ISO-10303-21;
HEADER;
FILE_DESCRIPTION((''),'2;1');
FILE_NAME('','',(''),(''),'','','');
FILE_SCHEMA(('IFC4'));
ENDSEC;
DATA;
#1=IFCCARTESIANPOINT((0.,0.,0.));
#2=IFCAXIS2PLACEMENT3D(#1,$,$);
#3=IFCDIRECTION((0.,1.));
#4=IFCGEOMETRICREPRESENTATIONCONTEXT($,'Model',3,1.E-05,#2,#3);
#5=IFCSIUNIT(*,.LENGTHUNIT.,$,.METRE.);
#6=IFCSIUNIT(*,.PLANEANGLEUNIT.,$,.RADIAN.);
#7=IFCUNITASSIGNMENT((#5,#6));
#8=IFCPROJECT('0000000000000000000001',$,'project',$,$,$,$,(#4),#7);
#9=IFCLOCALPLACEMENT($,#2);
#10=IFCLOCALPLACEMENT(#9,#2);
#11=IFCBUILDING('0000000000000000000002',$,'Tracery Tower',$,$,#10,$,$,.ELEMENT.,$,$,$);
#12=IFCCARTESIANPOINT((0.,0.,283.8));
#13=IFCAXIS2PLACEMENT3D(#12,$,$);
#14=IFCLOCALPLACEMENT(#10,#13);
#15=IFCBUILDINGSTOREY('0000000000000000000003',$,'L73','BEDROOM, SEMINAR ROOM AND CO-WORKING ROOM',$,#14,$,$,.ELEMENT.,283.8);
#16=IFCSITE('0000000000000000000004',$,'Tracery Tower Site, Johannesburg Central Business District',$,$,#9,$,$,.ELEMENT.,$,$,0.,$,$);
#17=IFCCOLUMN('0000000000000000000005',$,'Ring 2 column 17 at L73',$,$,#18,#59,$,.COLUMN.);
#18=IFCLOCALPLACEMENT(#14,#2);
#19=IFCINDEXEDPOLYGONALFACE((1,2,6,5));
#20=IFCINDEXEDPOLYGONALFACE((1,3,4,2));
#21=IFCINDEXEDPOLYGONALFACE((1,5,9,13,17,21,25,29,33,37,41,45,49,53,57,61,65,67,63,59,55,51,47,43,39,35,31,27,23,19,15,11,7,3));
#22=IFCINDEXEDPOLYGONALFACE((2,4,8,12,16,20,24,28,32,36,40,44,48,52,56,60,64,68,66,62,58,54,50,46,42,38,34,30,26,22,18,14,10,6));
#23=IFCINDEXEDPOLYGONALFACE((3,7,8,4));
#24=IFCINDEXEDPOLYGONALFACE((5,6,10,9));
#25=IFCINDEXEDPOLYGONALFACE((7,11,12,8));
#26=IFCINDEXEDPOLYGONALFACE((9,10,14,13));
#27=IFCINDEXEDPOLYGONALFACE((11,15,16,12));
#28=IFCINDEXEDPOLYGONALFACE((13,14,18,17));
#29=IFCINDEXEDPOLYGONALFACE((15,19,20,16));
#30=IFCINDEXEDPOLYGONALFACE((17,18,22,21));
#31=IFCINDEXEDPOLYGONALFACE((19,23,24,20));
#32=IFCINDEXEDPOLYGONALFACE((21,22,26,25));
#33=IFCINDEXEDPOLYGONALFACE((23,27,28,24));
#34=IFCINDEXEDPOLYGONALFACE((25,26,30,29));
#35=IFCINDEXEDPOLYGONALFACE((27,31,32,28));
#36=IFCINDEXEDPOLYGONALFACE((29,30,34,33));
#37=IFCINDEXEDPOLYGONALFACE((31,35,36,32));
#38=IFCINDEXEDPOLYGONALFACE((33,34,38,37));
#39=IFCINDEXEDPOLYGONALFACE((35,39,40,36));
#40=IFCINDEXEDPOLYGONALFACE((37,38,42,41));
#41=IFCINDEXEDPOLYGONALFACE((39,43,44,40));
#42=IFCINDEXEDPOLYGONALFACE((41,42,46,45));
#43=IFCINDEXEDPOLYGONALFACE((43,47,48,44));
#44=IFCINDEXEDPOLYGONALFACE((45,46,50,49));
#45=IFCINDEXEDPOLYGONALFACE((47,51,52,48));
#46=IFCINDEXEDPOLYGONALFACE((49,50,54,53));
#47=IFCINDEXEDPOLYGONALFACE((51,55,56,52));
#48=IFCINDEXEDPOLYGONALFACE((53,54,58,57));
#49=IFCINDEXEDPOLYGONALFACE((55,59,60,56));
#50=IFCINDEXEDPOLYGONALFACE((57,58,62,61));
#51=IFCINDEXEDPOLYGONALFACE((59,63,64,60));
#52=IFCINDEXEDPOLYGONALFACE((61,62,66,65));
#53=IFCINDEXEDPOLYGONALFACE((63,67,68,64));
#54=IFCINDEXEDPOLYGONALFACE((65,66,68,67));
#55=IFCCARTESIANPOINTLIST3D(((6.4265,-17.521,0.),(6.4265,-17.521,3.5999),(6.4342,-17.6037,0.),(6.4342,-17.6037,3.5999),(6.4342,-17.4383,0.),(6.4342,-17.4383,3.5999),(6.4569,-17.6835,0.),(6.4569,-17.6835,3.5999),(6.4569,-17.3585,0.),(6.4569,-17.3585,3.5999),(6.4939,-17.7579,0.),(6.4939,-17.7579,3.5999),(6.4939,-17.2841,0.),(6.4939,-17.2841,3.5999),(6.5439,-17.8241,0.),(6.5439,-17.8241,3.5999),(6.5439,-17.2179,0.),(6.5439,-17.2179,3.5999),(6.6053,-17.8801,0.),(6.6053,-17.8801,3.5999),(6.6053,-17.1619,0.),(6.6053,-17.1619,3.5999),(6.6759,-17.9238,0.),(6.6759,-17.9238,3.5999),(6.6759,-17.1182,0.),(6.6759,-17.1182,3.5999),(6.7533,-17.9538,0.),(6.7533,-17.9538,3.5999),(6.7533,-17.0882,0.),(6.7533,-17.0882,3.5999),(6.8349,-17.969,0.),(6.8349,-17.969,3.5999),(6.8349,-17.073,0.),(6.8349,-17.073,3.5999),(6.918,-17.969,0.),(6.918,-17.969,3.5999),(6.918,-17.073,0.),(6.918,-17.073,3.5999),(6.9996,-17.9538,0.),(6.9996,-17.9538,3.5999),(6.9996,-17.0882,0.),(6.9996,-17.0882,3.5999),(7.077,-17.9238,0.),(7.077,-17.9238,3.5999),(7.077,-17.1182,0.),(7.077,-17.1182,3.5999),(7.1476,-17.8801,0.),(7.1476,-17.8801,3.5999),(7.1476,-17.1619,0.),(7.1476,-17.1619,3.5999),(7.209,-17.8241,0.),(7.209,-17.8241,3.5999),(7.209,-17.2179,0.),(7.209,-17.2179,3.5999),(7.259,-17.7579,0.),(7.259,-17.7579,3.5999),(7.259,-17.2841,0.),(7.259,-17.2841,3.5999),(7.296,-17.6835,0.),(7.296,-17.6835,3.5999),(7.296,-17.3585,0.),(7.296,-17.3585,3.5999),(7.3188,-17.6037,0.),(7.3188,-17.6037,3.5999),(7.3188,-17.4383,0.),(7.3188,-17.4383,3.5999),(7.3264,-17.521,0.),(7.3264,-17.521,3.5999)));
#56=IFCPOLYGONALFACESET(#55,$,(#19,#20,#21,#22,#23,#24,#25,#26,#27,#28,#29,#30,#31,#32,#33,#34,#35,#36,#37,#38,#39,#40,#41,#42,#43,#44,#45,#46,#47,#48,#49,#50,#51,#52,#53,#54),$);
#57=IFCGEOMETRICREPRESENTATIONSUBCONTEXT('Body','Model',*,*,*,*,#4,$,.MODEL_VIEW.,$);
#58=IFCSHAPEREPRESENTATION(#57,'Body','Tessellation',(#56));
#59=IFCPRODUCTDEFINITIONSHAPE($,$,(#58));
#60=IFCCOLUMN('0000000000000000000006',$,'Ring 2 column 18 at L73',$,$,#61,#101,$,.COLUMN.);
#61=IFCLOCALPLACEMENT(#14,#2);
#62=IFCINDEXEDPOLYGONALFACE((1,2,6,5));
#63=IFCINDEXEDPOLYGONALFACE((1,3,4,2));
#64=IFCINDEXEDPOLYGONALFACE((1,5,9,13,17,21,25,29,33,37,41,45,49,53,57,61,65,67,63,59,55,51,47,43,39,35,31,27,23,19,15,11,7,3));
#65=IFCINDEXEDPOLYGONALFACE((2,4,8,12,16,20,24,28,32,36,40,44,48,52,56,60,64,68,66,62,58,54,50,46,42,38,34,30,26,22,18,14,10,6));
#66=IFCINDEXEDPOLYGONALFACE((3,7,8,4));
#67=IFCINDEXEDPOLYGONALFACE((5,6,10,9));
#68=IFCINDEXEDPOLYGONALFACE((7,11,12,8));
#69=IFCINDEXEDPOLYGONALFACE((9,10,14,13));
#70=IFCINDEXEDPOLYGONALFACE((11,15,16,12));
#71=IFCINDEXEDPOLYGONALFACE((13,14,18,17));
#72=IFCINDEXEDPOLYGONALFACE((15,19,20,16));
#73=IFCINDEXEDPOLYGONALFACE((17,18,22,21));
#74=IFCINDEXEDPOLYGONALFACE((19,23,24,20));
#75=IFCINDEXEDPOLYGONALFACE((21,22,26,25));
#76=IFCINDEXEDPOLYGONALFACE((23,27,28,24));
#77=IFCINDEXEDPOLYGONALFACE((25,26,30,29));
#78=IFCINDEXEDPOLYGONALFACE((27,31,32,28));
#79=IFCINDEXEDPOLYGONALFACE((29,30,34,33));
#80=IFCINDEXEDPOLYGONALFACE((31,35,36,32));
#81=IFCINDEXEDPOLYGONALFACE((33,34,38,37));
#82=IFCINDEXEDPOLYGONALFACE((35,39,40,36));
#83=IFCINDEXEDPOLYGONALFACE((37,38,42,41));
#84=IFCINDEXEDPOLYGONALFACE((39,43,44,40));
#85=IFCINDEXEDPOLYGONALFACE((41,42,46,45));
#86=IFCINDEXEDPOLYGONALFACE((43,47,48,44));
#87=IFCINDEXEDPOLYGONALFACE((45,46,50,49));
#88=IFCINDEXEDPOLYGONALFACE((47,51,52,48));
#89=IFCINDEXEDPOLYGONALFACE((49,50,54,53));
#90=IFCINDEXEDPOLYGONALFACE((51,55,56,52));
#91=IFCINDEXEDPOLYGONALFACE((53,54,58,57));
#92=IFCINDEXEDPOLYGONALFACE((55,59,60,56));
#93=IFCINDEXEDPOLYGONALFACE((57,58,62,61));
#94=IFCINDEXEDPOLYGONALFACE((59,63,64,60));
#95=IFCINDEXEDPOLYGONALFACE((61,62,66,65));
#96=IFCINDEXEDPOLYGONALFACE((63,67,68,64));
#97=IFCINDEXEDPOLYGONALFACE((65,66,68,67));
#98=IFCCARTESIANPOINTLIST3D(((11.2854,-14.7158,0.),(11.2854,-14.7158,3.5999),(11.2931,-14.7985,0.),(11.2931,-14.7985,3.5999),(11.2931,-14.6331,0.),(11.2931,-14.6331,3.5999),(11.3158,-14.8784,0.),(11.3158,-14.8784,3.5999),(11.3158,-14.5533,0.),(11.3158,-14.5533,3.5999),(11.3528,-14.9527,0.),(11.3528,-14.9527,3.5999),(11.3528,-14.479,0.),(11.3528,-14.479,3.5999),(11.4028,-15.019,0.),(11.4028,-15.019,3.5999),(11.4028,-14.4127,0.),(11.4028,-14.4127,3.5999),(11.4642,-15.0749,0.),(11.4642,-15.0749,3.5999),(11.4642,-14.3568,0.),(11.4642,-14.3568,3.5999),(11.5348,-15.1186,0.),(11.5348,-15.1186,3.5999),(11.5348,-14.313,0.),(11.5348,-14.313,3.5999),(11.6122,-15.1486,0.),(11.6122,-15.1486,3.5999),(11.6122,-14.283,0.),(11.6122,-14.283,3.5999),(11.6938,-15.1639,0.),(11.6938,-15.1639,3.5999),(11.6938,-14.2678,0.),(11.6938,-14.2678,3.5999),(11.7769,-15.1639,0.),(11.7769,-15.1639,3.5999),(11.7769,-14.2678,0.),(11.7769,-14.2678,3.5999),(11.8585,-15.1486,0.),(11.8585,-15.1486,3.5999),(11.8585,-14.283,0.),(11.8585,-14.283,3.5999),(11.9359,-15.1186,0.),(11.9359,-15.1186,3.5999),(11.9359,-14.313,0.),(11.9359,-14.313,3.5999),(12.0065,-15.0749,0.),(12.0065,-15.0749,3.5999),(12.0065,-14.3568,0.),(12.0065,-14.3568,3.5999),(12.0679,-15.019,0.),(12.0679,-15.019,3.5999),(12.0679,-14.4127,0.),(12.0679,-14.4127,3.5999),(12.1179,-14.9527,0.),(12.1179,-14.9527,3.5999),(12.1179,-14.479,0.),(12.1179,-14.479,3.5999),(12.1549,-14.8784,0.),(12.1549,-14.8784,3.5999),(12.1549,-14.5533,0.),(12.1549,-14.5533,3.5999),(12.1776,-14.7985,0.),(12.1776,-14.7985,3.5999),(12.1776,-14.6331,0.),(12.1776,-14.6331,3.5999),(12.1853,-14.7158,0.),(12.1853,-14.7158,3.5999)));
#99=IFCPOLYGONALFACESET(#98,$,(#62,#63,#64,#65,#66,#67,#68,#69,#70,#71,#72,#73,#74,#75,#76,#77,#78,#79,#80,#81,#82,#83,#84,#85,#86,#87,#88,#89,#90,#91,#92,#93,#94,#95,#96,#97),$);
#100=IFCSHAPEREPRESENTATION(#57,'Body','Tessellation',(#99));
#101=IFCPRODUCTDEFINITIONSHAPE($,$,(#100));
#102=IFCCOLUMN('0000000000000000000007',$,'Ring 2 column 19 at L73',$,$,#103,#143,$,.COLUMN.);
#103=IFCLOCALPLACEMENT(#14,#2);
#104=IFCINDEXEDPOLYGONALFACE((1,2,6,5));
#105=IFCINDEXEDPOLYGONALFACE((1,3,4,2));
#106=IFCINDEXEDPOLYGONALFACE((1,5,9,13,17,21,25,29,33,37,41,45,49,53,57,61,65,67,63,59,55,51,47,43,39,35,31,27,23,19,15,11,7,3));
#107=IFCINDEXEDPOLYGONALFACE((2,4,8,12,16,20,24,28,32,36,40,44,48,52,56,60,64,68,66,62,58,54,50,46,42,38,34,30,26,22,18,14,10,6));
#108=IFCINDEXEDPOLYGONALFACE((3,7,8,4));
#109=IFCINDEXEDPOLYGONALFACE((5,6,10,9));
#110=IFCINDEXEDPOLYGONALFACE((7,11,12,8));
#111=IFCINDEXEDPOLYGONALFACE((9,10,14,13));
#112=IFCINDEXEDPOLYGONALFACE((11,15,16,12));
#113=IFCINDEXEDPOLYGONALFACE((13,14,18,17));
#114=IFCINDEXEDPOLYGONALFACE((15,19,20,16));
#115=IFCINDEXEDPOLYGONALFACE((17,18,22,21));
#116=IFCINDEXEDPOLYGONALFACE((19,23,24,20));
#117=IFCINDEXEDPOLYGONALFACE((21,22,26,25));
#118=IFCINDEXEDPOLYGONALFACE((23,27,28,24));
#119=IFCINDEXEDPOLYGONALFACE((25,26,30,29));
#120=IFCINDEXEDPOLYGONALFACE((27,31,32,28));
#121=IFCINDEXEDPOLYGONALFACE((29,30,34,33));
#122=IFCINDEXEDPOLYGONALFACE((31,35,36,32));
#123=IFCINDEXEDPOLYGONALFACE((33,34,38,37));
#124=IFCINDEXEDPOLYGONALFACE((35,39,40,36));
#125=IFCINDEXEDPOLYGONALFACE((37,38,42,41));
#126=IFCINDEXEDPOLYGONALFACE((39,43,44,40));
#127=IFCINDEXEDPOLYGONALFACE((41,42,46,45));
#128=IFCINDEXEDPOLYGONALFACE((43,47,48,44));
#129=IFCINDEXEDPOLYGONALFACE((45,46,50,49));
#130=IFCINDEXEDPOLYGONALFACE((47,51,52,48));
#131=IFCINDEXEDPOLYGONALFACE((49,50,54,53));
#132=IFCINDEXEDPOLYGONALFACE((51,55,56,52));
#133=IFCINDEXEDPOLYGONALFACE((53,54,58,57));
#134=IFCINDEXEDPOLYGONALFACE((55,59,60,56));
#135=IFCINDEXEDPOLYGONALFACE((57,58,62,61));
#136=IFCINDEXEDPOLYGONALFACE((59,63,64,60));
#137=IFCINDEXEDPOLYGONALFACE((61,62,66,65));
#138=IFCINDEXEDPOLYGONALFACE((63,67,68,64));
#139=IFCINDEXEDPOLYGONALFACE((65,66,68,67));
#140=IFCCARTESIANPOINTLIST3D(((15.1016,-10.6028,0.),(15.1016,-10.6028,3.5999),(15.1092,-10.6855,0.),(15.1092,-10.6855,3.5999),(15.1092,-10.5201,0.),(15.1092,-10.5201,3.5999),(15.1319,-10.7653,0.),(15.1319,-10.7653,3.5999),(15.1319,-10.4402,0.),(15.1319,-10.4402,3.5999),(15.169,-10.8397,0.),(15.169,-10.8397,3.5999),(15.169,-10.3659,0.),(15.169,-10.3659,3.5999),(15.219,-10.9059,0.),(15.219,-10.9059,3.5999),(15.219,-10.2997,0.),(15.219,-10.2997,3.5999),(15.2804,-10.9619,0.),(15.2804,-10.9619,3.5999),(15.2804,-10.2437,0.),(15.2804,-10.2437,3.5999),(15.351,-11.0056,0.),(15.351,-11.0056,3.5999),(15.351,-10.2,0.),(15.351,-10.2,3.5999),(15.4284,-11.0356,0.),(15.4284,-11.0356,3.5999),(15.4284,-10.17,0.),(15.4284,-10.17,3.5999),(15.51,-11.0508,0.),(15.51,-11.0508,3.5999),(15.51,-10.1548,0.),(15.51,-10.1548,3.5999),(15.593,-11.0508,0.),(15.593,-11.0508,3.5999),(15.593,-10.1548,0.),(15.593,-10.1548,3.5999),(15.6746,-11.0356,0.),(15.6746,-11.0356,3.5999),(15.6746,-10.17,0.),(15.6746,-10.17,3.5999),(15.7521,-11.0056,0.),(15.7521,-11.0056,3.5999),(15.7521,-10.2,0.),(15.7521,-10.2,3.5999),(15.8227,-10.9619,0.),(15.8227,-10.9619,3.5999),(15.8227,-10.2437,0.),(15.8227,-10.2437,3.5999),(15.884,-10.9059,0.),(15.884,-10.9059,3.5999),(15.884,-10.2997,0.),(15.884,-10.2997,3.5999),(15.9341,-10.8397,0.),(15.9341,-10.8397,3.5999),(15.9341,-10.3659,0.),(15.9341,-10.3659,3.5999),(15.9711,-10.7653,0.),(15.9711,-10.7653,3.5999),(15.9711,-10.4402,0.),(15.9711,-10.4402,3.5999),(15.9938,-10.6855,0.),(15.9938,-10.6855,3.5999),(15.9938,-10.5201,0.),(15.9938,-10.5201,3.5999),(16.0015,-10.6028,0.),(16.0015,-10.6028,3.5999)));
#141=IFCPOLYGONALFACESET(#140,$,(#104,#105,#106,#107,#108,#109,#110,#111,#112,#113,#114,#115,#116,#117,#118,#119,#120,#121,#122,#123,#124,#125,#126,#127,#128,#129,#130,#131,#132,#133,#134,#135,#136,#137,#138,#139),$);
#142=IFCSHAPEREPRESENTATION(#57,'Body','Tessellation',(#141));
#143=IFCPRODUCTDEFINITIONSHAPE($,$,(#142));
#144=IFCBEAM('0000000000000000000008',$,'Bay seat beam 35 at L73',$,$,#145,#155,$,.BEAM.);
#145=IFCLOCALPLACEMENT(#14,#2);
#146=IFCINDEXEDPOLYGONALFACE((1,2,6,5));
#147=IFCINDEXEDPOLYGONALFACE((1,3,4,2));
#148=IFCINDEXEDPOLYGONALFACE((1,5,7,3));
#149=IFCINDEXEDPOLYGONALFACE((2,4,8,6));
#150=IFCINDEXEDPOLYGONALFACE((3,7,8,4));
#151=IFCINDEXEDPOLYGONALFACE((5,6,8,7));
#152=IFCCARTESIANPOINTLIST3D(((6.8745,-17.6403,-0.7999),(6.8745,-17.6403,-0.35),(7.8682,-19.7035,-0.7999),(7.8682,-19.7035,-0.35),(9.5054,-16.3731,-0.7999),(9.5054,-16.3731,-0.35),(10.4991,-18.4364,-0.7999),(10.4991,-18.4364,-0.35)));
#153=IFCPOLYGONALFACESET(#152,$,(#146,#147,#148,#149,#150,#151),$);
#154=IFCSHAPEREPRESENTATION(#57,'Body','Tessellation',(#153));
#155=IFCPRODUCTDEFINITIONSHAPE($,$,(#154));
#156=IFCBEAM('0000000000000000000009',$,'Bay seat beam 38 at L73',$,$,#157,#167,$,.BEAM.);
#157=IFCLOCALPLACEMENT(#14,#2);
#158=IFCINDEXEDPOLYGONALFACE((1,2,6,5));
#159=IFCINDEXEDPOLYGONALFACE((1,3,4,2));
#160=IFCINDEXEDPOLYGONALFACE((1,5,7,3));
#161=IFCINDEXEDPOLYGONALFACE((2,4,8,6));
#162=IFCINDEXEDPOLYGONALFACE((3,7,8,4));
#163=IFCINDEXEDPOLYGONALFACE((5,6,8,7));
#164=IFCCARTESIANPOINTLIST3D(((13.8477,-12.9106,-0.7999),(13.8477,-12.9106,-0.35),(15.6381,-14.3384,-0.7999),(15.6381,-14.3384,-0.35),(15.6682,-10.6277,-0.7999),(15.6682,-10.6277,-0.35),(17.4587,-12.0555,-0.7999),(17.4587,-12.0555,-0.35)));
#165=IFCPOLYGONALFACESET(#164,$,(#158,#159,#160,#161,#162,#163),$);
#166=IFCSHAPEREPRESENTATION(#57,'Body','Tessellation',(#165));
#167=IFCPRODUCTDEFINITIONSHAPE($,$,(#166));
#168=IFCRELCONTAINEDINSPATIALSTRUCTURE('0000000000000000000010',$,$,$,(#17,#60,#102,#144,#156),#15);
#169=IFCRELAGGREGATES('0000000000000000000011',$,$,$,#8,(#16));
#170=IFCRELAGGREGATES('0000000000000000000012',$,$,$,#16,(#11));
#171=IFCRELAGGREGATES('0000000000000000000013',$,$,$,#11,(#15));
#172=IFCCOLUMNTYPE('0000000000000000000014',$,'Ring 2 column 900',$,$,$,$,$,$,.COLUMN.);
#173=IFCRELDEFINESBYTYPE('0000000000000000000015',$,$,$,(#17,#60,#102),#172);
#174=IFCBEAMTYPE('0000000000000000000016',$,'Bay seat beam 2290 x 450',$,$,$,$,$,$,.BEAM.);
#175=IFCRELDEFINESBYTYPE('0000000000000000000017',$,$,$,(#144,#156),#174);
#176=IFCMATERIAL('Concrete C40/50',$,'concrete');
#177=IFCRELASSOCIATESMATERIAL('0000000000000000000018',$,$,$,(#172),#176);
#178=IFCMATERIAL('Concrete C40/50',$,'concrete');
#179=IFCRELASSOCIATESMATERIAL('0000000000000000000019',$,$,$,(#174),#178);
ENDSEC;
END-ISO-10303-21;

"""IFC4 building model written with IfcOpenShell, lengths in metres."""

from ifc_helpers import new_model, si_unit, direction, frame, origin, origin_2d, place, context, subcontext, project, spatial, rectangle, circle, extrude, material, material_profile, profile_set, type_object, element, save


model = new_model("IFC4")

# Units and contexts
model_context = context("Model", 3, precision=1e-05, world=origin(), true_north=direction((0.0, 1.0)))
body_context = subcontext(model_context, "Body", "Model", "MODEL_VIEW")
ifc_project = project(units=[si_unit("LENGTHUNIT", "METRE"), si_unit("PLANEANGLEUNIT", "RADIAN")], contexts=[model_context])

# Site, building, storey
site_placement = place(None, origin())
site = spatial("IfcSite", under=ifc_project, at=site_placement, Name="Tracery Tower Site, Johannesburg Central Business District", CompositionType="ELEMENT", RefElevation=0.0)
building_placement = place(site_placement, origin())
building = spatial("IfcBuilding", under=site, at=building_placement, Name="Tracery Tower", CompositionType="ELEMENT")
storey_placement = place(building_placement, frame((0.0, 0.0, 283.8)))
storey = spatial("IfcBuildingStorey", under=building, at=storey_placement, Name="L73", Description="BEDROOM, SEMINAR ROOM AND CO-WORKING ROOM", CompositionType="ELEMENT", Elevation=283.8)

# Columns
ifc_material_1 = material(Name="Concrete C40/50", Category="concrete")
ifc_material_profile_1 = material_profile(ifc_material_1, circle(Radius=0.45, at=origin_2d()), Name="RC D900")
ifc_profile_set_1 = profile_set([ifc_material_profile_1], Name="Concrete C40/50")
column_type = type_object("IfcColumnType", Name="Ring 2 column 900", PredefinedType="COLUMN", material=ifc_profile_set_1)
for number, where, z_axis, x_axis, name in (
    (1, (6.8765, -17.521, 0.0), (0.0, 0.0, 1.0), (1.0, 0.0, 0.0), "Ring 2 column 17 at L73"),
    (2, (11.7354, -14.7158, 0.0), (0.0, 0.0, 1.0), (1.0, 0.0, 0.0), "Ring 2 column 18 at L73"),
    (3, (15.5515, -10.6028, 0.0), (0.0, 0.0, 1.0), (1.0, 0.0, 0.0), "Ring 2 column 19 at L73"),
):
    element("IfcColumn", number, at=place(storey_placement, frame(where, z_axis=z_axis, x_axis=x_axis)), inside=storey, type_object=column_type, Name=name, PredefinedType="COLUMN", context=body_context, shape_type="SweptSolid", body=[
        extrude(circle(Radius=0.45, at=origin_2d()), origin(), (0.0, 0.0, 1.0), 3.5999),
    ])

# Beams
ifc_material_2 = material(Name="Concrete C40/50", Category="concrete")
ifc_material_profile_2 = material_profile(ifc_material_2, rectangle(XDim=2.29, YDim=0.45, at=origin_2d()), Name="RC 2290x450")
ifc_profile_set_2 = profile_set([ifc_material_profile_2], Name="Concrete C40/50")
beam_type = type_object("IfcBeamType", Name="Bay seat beam 2290 x 450", PredefinedType="BEAM", material=ifc_profile_set_2)
beam_1_placement = place(storey_placement, frame((7.3713, -18.6719, -0.575), z_axis=(0.900951, 0.433921, 0.0), x_axis=(-0.433921, 0.900951, 0.0)))
element("IfcBeam", 4, at=beam_1_placement, inside=storey, type_object=beam_type, Name="Bay seat beam 35 at L73", PredefinedType="BEAM", context=body_context, shape_type="SweptSolid", body=[
    extrude(rectangle(XDim=2.29, YDim=0.45, at=origin_2d()), origin(), (0.0, 0.0, 1.0), 2.9202),
])
beam_2_placement = place(storey_placement, frame((14.7429, -13.6245, -0.575), z_axis=(0.623481, 0.781839, 0.0), x_axis=(-0.781839, 0.623481, 0.0)))
element("IfcBeam", 5, at=beam_2_placement, inside=storey, type_object=beam_type, Name="Bay seat beam 38 at L73", PredefinedType="BEAM", context=body_context, shape_type="SweptSolid", body=[
    extrude(rectangle(XDim=2.29, YDim=0.45, at=origin_2d()), origin(), (0.0, 0.0, 1.0), 2.9199),
])

save(model, "model.ifc")
